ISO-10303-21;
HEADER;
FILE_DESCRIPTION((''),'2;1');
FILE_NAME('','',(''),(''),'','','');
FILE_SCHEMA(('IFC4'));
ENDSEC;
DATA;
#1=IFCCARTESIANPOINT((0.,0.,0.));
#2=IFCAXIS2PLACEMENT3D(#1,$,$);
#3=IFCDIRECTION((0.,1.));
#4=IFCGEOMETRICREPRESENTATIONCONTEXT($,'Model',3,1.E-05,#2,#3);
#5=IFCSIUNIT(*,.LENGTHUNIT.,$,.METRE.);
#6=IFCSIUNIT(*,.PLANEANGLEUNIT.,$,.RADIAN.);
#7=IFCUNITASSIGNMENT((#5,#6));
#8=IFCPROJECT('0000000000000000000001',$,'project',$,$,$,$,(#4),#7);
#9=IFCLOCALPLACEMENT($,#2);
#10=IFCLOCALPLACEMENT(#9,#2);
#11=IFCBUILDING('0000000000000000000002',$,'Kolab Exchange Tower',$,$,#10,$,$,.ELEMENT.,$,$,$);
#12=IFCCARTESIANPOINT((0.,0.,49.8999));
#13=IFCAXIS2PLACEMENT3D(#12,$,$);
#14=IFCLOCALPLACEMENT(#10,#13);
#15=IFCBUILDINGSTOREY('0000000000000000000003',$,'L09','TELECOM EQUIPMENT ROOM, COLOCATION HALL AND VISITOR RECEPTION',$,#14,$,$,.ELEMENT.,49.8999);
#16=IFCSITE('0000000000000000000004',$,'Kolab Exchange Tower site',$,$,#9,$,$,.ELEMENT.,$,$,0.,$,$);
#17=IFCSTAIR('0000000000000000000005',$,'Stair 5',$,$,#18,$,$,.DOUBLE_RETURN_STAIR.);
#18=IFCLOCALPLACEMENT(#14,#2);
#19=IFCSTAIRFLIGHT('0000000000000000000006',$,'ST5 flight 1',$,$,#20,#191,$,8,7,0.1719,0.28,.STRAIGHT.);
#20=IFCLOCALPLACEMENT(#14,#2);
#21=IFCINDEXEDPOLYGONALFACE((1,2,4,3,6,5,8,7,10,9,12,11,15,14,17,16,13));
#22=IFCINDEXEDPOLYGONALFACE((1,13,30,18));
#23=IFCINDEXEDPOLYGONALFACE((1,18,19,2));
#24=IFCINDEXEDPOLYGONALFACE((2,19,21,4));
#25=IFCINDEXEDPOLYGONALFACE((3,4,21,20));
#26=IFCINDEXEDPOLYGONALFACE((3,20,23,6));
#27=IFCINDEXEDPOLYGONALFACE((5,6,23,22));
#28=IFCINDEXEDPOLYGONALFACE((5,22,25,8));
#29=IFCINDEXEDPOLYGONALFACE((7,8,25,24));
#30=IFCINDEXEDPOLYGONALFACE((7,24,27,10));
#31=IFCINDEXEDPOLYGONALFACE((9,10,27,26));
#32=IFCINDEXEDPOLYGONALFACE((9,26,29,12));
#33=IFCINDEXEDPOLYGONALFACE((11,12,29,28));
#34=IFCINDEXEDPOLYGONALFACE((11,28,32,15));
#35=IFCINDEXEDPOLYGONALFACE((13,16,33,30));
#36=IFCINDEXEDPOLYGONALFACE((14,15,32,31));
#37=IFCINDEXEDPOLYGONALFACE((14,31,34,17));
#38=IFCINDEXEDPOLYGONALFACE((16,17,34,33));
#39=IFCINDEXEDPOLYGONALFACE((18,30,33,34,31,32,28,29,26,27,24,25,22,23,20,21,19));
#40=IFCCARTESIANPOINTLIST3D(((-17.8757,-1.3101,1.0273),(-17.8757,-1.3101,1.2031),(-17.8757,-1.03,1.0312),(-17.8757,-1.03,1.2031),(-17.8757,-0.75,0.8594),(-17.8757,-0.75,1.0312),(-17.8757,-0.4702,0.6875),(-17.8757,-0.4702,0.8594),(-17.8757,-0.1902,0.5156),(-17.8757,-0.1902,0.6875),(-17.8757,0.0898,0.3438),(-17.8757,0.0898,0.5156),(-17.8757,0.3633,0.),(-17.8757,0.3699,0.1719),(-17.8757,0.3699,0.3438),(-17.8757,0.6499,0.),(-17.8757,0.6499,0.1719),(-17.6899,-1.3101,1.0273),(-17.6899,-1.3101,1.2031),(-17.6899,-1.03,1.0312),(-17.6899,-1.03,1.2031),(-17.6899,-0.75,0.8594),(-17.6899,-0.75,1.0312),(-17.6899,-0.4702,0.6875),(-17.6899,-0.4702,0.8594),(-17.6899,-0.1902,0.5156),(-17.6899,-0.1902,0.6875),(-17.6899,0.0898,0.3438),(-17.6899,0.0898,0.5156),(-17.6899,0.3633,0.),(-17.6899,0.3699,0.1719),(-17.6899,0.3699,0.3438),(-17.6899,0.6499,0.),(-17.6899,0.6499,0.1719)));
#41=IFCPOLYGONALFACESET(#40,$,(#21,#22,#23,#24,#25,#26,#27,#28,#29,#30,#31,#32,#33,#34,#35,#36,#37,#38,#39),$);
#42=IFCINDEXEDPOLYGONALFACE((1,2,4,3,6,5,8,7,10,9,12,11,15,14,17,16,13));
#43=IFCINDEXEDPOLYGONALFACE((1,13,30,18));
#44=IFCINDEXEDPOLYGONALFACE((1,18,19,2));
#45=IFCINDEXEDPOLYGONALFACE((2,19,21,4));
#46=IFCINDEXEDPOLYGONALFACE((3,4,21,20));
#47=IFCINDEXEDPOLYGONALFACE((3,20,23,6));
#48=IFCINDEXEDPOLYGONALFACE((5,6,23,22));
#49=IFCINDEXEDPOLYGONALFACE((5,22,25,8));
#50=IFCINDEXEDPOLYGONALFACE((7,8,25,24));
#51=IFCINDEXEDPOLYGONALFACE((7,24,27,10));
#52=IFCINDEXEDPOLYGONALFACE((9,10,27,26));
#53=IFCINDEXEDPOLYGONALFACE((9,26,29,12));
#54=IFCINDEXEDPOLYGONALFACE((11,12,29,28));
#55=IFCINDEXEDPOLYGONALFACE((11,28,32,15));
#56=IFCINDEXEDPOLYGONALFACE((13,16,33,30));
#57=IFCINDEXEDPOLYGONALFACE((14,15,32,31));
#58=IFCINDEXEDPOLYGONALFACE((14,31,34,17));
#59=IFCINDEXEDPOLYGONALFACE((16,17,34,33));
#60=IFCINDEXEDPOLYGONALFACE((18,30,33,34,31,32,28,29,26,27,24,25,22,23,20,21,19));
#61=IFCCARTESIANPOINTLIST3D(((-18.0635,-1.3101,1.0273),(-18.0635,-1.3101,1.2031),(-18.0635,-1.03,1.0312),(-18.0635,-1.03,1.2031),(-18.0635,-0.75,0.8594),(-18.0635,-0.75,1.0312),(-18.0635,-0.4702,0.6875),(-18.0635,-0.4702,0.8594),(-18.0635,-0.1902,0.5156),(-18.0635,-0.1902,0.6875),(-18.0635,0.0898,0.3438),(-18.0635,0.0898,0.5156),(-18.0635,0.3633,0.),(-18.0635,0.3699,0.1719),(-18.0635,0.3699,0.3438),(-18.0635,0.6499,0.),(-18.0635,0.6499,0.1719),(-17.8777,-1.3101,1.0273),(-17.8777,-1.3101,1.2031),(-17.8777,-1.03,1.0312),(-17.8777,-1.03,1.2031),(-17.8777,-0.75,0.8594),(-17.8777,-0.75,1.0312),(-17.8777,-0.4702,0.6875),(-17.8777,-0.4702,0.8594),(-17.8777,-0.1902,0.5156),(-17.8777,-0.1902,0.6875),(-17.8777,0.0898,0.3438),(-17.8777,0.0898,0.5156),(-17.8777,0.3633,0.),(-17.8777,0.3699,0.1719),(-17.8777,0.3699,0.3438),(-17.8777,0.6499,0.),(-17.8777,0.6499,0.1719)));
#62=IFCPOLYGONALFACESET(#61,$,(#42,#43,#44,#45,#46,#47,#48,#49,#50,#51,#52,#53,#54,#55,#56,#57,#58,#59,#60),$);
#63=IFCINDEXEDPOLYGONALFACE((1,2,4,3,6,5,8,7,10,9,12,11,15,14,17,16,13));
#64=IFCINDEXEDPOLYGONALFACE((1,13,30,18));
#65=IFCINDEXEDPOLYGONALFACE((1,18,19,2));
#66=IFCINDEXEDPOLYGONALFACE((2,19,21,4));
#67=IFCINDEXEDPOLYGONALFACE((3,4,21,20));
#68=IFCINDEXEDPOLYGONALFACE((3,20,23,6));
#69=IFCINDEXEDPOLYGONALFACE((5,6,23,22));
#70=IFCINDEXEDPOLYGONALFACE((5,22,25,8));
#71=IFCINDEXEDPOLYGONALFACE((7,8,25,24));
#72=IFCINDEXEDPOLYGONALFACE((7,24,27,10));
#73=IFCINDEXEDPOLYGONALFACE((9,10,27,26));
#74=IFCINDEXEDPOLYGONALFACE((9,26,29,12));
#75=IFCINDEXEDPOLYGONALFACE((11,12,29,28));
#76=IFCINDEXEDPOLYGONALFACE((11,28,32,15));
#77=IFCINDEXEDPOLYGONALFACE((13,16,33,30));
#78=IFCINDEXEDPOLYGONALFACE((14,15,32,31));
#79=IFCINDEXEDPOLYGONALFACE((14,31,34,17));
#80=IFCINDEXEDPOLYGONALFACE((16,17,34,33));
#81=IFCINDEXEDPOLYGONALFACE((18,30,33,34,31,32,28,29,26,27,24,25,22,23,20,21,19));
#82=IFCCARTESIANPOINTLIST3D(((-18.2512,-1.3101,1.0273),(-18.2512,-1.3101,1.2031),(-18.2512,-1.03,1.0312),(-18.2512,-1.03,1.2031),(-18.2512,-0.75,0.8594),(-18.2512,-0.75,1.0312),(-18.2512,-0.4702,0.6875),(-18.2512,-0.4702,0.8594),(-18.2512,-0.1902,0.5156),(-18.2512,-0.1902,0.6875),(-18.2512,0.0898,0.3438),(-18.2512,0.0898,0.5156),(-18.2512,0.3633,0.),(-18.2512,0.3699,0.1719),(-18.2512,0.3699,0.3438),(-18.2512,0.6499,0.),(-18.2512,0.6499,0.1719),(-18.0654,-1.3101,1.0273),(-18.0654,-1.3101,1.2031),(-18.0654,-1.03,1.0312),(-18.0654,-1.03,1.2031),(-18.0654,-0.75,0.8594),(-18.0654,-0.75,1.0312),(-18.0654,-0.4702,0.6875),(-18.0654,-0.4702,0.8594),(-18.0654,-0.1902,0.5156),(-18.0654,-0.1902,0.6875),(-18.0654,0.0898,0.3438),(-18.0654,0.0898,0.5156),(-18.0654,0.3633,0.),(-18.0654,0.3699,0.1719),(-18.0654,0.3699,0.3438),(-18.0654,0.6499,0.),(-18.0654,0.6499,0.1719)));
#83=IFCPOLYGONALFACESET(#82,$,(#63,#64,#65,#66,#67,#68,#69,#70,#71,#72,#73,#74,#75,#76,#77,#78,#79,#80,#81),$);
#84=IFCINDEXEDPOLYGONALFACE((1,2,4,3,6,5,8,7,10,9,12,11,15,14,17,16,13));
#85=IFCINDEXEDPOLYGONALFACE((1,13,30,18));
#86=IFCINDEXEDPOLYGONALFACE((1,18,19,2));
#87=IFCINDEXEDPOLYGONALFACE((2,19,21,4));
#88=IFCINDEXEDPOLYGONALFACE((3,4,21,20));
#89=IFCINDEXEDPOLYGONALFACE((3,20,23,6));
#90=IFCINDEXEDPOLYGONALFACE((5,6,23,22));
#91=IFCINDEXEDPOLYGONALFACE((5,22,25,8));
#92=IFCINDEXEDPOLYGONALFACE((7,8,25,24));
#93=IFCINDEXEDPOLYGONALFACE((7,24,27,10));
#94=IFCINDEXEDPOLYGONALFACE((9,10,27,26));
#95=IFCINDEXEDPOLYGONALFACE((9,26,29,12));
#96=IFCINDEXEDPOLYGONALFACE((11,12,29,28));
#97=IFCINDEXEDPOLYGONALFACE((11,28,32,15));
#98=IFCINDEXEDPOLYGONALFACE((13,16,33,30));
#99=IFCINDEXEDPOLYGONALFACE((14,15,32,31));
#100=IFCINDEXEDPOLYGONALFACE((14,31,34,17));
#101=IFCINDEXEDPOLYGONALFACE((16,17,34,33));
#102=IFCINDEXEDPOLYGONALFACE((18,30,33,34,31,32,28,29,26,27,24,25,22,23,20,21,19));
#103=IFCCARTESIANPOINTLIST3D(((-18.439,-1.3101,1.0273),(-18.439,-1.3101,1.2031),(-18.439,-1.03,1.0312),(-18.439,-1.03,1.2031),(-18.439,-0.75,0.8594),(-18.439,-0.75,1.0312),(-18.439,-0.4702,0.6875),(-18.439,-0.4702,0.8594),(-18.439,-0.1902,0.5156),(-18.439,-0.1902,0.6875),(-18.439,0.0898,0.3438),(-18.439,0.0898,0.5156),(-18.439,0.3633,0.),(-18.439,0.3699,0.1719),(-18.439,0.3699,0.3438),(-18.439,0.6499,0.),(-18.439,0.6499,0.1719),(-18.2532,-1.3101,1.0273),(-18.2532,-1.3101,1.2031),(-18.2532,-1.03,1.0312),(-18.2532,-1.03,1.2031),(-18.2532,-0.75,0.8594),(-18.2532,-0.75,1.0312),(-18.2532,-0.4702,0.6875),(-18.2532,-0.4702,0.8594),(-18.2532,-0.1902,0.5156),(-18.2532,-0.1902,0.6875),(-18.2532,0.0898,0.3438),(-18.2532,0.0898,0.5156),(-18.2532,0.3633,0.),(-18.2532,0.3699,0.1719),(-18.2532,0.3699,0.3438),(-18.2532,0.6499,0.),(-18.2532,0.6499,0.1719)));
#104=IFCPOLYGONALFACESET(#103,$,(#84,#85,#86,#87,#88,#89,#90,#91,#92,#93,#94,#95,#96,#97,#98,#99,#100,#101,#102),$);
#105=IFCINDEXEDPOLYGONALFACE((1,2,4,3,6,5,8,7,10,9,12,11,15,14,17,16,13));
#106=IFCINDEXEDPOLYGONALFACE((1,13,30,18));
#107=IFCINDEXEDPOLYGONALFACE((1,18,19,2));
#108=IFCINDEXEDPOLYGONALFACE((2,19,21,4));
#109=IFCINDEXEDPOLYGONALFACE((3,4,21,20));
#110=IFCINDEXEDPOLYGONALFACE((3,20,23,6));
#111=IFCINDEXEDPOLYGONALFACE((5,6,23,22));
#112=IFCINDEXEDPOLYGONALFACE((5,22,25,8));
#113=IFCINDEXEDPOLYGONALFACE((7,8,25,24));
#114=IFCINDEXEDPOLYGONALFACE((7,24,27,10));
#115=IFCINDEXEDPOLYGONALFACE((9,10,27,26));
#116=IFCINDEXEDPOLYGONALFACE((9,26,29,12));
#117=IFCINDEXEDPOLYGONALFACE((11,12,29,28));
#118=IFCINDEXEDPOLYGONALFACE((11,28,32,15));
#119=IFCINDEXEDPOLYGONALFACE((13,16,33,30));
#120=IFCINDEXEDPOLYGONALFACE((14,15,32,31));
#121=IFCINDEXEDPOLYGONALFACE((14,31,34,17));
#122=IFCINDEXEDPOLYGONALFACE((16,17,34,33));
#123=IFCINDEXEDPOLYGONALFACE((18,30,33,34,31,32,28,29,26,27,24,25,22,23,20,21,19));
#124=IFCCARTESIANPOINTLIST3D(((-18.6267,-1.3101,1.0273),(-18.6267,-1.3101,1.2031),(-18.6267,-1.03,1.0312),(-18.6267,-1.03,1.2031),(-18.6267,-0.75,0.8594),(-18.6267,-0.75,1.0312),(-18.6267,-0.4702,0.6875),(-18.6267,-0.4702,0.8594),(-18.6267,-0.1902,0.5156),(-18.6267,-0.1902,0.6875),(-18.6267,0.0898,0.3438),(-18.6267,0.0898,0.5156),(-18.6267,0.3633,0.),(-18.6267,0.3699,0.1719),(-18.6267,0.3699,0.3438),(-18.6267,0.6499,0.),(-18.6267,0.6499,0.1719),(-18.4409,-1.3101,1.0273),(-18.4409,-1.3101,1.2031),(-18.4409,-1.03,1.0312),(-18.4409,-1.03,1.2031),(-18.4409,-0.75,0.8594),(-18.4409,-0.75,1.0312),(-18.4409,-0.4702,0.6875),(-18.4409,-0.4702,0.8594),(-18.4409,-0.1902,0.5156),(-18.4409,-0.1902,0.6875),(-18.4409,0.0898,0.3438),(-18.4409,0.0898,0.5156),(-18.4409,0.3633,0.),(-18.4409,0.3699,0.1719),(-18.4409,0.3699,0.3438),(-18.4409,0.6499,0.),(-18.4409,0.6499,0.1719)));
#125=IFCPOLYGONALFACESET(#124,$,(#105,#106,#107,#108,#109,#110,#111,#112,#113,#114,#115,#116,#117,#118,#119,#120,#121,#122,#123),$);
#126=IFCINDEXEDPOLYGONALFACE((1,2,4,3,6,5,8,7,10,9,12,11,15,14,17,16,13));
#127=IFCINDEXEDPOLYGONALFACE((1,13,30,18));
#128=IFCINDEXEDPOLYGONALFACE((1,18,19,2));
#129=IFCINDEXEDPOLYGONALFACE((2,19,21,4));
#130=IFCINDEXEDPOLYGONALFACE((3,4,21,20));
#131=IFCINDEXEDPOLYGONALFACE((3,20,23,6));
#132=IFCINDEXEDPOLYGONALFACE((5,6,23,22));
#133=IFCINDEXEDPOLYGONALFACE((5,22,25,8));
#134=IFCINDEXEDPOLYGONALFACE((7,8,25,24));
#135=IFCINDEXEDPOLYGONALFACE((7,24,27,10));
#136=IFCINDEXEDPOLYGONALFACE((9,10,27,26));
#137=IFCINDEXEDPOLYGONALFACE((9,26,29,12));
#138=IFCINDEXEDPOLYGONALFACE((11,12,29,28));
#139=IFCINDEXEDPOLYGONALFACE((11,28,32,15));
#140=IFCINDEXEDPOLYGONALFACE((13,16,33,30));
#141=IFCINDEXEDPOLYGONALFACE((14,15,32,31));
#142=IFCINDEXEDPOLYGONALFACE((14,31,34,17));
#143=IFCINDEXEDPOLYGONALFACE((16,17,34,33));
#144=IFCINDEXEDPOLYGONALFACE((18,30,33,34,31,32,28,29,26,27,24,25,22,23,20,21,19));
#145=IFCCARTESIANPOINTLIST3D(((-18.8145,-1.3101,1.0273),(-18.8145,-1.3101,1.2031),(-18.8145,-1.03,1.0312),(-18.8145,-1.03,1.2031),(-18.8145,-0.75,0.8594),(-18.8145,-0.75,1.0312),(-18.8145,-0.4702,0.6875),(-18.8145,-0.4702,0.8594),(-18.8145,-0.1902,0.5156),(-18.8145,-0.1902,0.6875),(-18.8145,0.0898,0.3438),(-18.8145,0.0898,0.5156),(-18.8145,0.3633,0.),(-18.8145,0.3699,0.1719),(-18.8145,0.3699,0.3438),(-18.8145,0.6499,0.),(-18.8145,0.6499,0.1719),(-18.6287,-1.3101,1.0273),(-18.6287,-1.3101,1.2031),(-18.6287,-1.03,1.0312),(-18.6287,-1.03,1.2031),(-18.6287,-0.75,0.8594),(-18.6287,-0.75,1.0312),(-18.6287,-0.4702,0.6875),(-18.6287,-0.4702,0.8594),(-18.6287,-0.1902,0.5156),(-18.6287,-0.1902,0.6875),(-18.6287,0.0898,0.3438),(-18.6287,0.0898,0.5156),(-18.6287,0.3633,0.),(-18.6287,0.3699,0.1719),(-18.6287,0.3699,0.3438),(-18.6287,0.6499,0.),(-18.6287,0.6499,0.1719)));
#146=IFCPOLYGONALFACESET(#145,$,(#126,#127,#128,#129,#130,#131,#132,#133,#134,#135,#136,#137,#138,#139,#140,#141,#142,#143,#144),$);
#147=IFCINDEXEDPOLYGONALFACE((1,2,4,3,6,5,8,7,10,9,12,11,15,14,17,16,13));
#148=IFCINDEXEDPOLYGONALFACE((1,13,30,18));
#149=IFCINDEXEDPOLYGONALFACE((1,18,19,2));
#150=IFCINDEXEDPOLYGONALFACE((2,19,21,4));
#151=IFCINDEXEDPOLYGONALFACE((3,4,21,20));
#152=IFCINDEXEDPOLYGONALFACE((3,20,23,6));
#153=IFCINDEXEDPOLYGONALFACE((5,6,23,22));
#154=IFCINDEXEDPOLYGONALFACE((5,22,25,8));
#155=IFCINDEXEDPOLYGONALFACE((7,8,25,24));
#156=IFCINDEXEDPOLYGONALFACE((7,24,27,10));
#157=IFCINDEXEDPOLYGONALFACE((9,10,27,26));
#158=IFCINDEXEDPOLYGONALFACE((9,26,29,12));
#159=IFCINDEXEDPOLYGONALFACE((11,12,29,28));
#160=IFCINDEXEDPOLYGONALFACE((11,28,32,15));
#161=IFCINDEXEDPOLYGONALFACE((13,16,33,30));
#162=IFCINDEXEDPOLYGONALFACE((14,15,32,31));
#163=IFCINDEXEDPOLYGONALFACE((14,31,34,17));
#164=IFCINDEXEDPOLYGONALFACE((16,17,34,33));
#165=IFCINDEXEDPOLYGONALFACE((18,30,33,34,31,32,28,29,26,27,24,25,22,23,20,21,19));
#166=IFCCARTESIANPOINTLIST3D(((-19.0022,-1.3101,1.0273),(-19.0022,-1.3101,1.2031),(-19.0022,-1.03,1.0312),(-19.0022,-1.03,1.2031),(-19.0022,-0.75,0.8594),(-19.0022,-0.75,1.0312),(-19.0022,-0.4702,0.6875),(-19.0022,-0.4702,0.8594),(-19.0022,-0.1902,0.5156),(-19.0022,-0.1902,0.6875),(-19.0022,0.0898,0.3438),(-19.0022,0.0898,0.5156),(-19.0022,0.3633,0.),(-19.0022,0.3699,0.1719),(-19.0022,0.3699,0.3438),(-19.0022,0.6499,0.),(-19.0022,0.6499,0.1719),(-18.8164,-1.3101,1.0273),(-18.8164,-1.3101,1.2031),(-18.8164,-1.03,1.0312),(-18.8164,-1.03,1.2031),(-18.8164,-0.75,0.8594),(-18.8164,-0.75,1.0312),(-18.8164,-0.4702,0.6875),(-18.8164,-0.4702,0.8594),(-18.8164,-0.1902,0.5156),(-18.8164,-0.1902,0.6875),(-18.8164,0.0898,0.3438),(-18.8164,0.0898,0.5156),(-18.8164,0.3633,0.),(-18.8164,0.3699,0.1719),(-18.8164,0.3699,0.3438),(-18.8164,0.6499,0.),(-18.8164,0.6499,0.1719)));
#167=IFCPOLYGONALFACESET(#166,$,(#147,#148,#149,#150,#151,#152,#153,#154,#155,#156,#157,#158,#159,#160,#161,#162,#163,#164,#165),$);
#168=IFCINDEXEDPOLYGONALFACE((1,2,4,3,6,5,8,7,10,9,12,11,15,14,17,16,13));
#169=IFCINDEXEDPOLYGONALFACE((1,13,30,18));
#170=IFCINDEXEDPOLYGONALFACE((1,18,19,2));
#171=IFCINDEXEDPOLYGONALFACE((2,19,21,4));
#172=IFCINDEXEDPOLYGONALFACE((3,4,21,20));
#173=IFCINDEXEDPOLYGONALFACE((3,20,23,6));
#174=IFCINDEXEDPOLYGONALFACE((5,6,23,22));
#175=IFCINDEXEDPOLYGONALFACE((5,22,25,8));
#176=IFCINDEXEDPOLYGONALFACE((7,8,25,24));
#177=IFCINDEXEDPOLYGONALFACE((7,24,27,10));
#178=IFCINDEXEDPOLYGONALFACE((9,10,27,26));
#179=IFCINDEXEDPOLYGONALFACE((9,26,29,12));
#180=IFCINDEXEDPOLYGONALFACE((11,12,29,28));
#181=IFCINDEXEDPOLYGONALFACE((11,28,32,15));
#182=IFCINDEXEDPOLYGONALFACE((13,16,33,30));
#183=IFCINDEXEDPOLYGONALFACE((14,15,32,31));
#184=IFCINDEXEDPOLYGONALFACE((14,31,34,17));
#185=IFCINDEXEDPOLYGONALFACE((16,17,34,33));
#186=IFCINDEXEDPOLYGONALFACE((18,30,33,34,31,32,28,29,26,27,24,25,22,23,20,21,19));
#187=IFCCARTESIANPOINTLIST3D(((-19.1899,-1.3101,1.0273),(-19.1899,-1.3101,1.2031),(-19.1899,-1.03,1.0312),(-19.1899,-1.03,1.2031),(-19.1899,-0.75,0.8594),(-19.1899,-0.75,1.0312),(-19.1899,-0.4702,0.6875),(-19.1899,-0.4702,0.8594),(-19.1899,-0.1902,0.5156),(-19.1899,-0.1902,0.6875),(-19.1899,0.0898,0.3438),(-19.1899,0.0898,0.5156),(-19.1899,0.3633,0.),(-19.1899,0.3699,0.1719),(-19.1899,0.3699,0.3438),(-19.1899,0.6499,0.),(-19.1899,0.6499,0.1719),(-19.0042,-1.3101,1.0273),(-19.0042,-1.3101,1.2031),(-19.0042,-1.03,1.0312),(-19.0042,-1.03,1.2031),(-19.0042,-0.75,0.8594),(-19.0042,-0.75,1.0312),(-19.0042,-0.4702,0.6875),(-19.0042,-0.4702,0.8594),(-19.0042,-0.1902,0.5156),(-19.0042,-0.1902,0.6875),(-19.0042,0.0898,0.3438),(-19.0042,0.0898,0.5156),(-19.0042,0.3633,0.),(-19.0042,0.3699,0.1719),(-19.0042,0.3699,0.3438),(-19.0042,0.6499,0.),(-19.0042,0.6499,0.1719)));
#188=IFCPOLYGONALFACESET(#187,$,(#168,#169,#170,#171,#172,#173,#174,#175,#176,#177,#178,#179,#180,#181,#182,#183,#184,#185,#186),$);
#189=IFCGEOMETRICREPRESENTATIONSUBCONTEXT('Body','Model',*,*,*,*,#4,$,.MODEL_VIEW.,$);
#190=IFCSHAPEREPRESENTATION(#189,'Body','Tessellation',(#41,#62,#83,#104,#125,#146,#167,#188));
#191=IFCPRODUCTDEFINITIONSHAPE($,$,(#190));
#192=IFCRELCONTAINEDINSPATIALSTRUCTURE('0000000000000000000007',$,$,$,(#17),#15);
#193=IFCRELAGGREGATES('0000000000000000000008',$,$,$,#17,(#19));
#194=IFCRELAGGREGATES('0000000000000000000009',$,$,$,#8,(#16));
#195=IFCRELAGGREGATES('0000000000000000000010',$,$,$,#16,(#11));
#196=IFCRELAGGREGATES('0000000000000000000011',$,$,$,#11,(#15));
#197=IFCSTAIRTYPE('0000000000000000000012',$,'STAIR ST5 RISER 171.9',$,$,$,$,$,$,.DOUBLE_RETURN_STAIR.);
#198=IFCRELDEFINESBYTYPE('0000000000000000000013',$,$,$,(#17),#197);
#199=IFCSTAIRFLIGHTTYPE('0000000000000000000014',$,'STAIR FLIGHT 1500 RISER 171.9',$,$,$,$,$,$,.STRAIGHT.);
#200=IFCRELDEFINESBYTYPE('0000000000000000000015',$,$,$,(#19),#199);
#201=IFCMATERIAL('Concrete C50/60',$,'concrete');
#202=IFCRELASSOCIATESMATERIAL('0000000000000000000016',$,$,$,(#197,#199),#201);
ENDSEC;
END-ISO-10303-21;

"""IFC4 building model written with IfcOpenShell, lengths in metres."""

from ifc_helpers import new_model, si_unit, direction, frame, origin, place, context, subcontext, project, spatial, polyline, outline, extrude, material, type_object, element, aggregate, save


model = new_model("IFC4")

# Units and contexts
model_context = context("Model", 3, precision=1e-05, world=origin(), true_north=direction((0.0, 1.0)))
body_context = subcontext(model_context, "Body", "Model", "MODEL_VIEW")
ifc_project = project(units=[si_unit("LENGTHUNIT", "METRE"), si_unit("PLANEANGLEUNIT", "RADIAN")], contexts=[model_context])

# Site, building, storey
site_placement = place(None, origin())
site = spatial("IfcSite", under=ifc_project, at=site_placement, Name="Kolab Exchange Tower site", CompositionType="ELEMENT", RefElevation=0.0)
building_placement = place(site_placement, origin())
building = spatial("IfcBuilding", under=site, at=building_placement, Name="Kolab Exchange Tower", CompositionType="ELEMENT")
storey_placement = place(building_placement, frame((0.0, 0.0, 49.8999)))
storey = spatial("IfcBuildingStorey", under=building, at=storey_placement, Name="L09", Description="TELECOM EQUIPMENT ROOM, COLOCATION HALL AND VISITOR RECEPTION", CompositionType="ELEMENT", Elevation=49.8999)

# Shared definitions
ifc_material_1 = material(Name="Concrete C50/60", Category="concrete")

# Stair, stair flight
stair_type = type_object("IfcStairType", Name="STAIR ST5 RISER 171.9", PredefinedType="DOUBLE_RETURN_STAIR", material=ifc_material_1)
stair_placement = place(storey_placement, origin())
stair = element("IfcStair", 1, at=stair_placement, inside=storey, type_object=stair_type, Name="Stair 5", PredefinedType="DOUBLE_RETURN_STAIR")
stair_flight_type = type_object("IfcStairFlightType", Name="STAIR FLIGHT 1500 RISER 171.9", PredefinedType="STRAIGHT", material=ifc_material_1)
stair_flight_1_placement = place(storey_placement, frame((-18.4399, 0.6499, 0.0), z_axis=(0.0, 0.0, 1.0), x_axis=(0.0, -1.0, 0.0)))
stair_flight_1 = element("IfcStairFlight", 2, at=stair_flight_1_placement, type_object=stair_flight_type, Name="ST5 flight 1", NumberOfRisers=8, NumberOfTreads=7, PredefinedType="STRAIGHT", RiserHeight=0.1719, TreadLength=0.28, context=body_context, shape_type="SweptSolid", body=[
    extrude(outline(polyline([(0.0, 0.0), (0.0, 0.1719), (0.28, 0.1719), (0.28, 0.3438), (0.5601, 0.3438), (0.5601, 0.5156), (0.8401, 0.5156), (0.8401, 0.6875), (1.1201, 0.6875), (1.1201, 0.8594), (1.3999, 0.8594), (1.3999, 1.0312), (1.6799, 1.0312), (1.6799, 1.2031), (1.96, 1.2031), (1.96, 1.375), (1.96, 1.0273), (0.2866, 0.0), (0.0, 0.0)])), frame((0.0, 0.75, 0.0), z_axis=(0.0, -1.0, 0.0), x_axis=(1.0, 0.0, 0.0)), (0.0, 0.0, 1.0), 0.1858),
    extrude(outline(polyline([(0.0, 0.0), (0.0, 0.1719), (0.28, 0.1719), (0.28, 0.3438), (0.5601, 0.3438), (0.5601, 0.5156), (0.8401, 0.5156), (0.8401, 0.6875), (1.1201, 0.6875), (1.1201, 0.8594), (1.3999, 0.8594), (1.3999, 1.0312), (1.6799, 1.0312), (1.6799, 1.2031), (1.96, 1.2031), (1.96, 1.375), (1.96, 1.0273), (0.2866, 0.0), (0.0, 0.0)])), frame((0.0, 0.5623, 0.0), z_axis=(0.0, -1.0, 0.0), x_axis=(1.0, 0.0, 0.0)), (0.0, 0.0, 1.0), 0.1858),
    extrude(outline(polyline([(0.0, 0.0), (0.0, 0.1719), (0.28, 0.1719), (0.28, 0.3438), (0.5601, 0.3438), (0.5601, 0.5156), (0.8401, 0.5156), (0.8401, 0.6875), (1.1201, 0.6875), (1.1201, 0.8594), (1.3999, 0.8594), (1.3999, 1.0312), (1.6799, 1.0312), (1.6799, 1.2031), (1.96, 1.2031), (1.96, 1.375), (1.96, 1.0273), (0.2866, 0.0), (0.0, 0.0)])), frame((0.0, 0.3745, 0.0), z_axis=(0.0, -1.0, 0.0), x_axis=(1.0, 0.0, 0.0)), (0.0, 0.0, 1.0), 0.1858),
    extrude(outline(polyline([(0.0, 0.0), (0.0, 0.1719), (0.28, 0.1719), (0.28, 0.3438), (0.5601, 0.3438), (0.5601, 0.5156), (0.8401, 0.5156), (0.8401, 0.6875), (1.1201, 0.6875), (1.1201, 0.8594), (1.3999, 0.8594), (1.3999, 1.0312), (1.6799, 1.0312), (1.6799, 1.2031), (1.96, 1.2031), (1.96, 1.375), (1.96, 1.0273), (0.2866, 0.0), (0.0, 0.0)])), frame((0.0, 0.1868, 0.0), z_axis=(0.0, -1.0, 0.0), x_axis=(1.0, 0.0, 0.0)), (0.0, 0.0, 1.0), 0.1858),
    extrude(outline(polyline([(0.0, 0.0), (0.0, 0.1719), (0.28, 0.1719), (0.28, 0.3438), (0.5601, 0.3438), (0.5601, 0.5156), (0.8401, 0.5156), (0.8401, 0.6875), (1.1201, 0.6875), (1.1201, 0.8594), (1.3999, 0.8594), (1.3999, 1.0312), (1.6799, 1.0312), (1.6799, 1.2031), (1.96, 1.2031), (1.96, 1.375), (1.96, 1.0273), (0.2866, 0.0), (0.0, 0.0)])), frame((0.0, -0.001, 0.0), z_axis=(0.0, -1.0, 0.0), x_axis=(1.0, 0.0, 0.0)), (0.0, 0.0, 1.0), 0.1858),
    extrude(outline(polyline([(0.0, 0.0), (0.0, 0.1719), (0.28, 0.1719), (0.28, 0.3438), (0.5601, 0.3438), (0.5601, 0.5156), (0.8401, 0.5156), (0.8401, 0.6875), (1.1201, 0.6875), (1.1201, 0.8594), (1.3999, 0.8594), (1.3999, 1.0312), (1.6799, 1.0312), (1.6799, 1.2031), (1.96, 1.2031), (1.96, 1.375), (1.96, 1.0273), (0.2866, 0.0), (0.0, 0.0)])), frame((0.0, -0.1887, 0.0), z_axis=(0.0, -1.0, 0.0), x_axis=(1.0, 0.0, 0.0)), (0.0, 0.0, 1.0), 0.1858),
    extrude(outline(polyline([(0.0, 0.0), (0.0, 0.1719), (0.28, 0.1719), (0.28, 0.3438), (0.5601, 0.3438), (0.5601, 0.5156), (0.8401, 0.5156), (0.8401, 0.6875), (1.1201, 0.6875), (1.1201, 0.8594), (1.3999, 0.8594), (1.3999, 1.0312), (1.6799, 1.0312), (1.6799, 1.2031), (1.96, 1.2031), (1.96, 1.375), (1.96, 1.0273), (0.2866, 0.0), (0.0, 0.0)])), frame((0.0, -0.3765, 0.0), z_axis=(0.0, -1.0, 0.0), x_axis=(1.0, 0.0, 0.0)), (0.0, 0.0, 1.0), 0.1858),
    extrude(outline(polyline([(0.0, 0.0), (0.0, 0.1719), (0.28, 0.1719), (0.28, 0.3438), (0.5601, 0.3438), (0.5601, 0.5156), (0.8401, 0.5156), (0.8401, 0.6875), (1.1201, 0.6875), (1.1201, 0.8594), (1.3999, 0.8594), (1.3999, 1.0312), (1.6799, 1.0312), (1.6799, 1.2031), (1.96, 1.2031), (1.96, 1.375), (1.96, 1.0273), (0.2866, 0.0), (0.0, 0.0)])), frame((0.0, -0.5642, 0.0), z_axis=(0.0, -1.0, 0.0), x_axis=(1.0, 0.0, 0.0)), (0.0, 0.0, 1.0), 0.1858),
])
aggregate(stair, [stair_flight_1])

save(model, "model.ifc")
